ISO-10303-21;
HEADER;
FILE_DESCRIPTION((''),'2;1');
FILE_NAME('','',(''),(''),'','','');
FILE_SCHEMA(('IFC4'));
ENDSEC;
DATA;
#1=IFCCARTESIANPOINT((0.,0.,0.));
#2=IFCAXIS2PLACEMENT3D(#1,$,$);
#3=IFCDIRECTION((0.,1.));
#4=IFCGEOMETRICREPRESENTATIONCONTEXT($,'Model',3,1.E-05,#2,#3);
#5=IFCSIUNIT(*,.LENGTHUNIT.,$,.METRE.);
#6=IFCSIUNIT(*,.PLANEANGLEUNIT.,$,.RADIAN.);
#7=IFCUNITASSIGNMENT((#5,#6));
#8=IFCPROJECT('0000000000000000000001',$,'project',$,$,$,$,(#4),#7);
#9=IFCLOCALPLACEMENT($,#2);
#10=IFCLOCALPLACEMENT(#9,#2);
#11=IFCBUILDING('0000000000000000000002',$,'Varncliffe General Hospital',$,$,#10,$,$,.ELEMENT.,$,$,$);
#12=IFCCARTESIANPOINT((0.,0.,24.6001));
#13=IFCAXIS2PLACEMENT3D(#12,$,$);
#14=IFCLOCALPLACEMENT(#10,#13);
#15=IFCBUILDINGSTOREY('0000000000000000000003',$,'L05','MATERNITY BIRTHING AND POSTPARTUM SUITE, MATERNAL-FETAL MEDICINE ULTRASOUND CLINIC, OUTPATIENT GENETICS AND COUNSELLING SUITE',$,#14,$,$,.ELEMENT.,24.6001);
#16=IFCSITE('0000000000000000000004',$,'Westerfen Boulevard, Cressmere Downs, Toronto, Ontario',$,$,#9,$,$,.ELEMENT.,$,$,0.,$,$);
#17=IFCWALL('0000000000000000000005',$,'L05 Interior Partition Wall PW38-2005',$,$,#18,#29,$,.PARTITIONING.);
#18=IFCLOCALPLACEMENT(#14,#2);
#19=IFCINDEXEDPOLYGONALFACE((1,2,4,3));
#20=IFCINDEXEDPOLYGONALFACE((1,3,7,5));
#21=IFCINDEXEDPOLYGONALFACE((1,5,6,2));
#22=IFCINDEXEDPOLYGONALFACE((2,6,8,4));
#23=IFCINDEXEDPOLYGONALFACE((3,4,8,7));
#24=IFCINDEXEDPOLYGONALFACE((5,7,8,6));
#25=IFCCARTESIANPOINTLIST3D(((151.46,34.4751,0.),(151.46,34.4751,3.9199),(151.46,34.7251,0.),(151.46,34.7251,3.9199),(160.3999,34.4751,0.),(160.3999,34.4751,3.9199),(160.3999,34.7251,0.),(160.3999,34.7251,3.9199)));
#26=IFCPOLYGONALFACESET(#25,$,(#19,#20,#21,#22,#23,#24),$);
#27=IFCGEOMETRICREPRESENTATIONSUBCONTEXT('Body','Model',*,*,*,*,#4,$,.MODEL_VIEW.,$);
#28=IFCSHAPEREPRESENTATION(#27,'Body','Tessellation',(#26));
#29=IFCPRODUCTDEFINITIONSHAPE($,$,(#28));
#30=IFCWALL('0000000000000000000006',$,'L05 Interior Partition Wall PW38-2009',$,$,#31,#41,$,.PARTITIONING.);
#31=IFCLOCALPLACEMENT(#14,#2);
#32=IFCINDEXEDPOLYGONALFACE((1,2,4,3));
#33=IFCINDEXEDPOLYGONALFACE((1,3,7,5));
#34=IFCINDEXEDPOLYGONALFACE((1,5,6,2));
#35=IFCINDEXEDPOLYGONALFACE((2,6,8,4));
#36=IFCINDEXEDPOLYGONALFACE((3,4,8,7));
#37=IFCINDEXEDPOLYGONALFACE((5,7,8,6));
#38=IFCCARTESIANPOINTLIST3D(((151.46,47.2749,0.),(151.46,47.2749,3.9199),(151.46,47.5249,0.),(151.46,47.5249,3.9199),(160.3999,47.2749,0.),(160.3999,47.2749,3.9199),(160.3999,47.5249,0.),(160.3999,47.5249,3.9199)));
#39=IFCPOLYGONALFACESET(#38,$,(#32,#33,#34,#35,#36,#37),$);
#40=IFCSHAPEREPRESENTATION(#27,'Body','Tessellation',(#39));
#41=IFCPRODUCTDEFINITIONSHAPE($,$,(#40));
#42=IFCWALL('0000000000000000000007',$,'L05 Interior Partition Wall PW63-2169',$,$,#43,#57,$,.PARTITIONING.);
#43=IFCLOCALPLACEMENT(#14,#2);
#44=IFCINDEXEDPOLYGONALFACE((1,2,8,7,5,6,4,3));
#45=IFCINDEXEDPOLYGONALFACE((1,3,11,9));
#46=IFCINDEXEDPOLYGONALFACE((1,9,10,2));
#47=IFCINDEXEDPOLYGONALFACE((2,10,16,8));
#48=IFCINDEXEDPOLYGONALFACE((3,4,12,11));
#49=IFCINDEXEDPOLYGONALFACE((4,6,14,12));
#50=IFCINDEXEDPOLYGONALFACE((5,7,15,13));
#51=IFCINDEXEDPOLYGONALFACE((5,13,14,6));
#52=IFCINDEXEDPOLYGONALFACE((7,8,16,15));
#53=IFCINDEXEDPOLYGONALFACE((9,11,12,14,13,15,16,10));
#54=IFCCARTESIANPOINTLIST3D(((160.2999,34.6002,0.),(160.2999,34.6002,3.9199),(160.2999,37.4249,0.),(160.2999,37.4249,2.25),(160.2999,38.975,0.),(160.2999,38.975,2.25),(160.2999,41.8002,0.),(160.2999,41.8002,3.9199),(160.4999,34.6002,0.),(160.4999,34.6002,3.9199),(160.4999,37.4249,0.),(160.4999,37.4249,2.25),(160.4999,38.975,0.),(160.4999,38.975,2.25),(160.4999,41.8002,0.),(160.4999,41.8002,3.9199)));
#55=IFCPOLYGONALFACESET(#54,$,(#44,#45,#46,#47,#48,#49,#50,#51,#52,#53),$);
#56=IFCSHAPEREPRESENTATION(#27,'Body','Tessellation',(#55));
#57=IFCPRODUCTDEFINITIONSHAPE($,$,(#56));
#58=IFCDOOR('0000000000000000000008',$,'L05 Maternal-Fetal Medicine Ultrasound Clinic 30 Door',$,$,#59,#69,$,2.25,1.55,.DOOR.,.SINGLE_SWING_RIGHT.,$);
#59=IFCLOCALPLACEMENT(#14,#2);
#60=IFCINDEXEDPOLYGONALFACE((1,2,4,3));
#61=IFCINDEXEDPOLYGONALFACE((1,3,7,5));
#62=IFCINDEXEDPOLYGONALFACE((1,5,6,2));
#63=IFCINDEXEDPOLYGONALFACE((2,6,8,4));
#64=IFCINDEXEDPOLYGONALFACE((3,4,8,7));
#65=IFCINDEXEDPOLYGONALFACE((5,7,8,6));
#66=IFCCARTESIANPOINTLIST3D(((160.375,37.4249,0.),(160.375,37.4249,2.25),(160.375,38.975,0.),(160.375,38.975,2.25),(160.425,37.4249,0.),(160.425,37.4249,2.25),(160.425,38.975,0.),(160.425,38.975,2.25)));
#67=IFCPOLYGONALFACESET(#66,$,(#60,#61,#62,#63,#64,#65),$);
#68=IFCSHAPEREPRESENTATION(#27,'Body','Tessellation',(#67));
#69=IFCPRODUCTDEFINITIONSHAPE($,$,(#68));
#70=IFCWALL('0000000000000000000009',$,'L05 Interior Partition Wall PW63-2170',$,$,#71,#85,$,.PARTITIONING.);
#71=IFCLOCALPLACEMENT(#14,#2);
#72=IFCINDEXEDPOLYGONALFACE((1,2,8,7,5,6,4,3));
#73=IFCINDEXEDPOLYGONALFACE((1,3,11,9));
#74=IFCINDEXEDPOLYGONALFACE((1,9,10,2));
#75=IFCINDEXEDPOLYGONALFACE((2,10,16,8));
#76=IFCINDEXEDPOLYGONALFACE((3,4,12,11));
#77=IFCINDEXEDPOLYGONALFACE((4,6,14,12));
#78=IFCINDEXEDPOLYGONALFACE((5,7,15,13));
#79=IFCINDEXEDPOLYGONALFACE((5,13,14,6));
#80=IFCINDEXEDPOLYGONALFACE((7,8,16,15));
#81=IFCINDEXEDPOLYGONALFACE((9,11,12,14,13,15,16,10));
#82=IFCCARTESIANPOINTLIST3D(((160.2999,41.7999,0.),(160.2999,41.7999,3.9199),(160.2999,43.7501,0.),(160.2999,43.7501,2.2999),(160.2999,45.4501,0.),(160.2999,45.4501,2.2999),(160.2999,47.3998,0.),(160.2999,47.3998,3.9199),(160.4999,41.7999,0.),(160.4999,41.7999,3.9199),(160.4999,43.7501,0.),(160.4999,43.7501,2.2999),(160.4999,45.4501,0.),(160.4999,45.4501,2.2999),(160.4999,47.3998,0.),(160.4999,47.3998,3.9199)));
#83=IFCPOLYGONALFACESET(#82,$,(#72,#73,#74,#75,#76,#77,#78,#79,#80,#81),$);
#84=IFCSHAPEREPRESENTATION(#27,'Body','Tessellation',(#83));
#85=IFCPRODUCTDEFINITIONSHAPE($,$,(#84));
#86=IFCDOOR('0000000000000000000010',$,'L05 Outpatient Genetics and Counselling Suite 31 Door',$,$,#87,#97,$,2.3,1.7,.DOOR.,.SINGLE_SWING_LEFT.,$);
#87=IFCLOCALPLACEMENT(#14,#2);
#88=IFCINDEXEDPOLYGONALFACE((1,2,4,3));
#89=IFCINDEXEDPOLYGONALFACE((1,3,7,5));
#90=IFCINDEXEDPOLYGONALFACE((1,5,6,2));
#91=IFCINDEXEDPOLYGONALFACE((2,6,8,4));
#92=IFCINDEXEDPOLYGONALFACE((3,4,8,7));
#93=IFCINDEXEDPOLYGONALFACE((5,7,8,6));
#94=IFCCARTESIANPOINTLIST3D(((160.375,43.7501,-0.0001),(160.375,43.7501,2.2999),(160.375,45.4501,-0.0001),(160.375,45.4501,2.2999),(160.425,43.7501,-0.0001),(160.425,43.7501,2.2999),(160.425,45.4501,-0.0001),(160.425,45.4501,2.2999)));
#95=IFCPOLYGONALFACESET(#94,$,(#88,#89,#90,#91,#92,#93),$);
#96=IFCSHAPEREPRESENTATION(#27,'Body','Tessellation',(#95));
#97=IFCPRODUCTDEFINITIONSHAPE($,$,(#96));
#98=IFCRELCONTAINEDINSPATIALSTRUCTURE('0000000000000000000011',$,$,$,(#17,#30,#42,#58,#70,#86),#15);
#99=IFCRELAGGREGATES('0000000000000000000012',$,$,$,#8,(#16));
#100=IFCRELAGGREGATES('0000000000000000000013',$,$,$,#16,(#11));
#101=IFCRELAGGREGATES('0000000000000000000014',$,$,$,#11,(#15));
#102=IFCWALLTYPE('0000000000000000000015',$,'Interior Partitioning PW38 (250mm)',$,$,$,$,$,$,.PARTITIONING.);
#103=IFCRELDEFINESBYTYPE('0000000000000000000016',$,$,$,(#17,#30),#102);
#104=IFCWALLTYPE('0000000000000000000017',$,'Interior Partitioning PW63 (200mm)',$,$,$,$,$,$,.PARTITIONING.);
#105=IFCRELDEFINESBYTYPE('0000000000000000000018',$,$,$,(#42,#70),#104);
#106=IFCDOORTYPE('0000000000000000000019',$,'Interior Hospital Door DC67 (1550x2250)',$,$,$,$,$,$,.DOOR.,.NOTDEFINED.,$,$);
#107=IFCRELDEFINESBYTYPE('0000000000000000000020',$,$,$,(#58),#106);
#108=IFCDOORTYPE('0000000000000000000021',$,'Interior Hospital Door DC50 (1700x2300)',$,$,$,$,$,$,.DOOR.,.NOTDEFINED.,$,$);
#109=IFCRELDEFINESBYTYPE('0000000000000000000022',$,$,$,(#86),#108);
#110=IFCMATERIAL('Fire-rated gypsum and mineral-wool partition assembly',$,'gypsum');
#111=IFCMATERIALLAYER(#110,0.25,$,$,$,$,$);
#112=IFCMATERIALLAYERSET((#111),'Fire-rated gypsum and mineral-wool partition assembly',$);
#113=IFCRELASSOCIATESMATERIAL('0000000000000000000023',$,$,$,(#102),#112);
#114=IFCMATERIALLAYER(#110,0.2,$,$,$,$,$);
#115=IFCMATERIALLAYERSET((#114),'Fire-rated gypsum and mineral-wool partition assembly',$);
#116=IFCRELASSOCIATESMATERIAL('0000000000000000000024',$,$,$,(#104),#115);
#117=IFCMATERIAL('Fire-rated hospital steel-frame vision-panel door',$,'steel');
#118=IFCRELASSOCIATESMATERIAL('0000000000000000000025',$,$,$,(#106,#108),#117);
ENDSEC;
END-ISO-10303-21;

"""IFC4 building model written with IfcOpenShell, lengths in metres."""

from ifc_helpers import new_model, si_unit, direction, frame, frame_2d, origin, place, context, subcontext, project, spatial, rectangle, extrude, material, layer, layer_set, type_object, element, fill, save


model = new_model("IFC4")

# Units and contexts
model_context = context("Model", 3, precision=1e-05, world=origin(), true_north=direction((0.0, 1.0)))
body_context = subcontext(model_context, "Body", "Model", "MODEL_VIEW")
ifc_project = project(units=[si_unit("LENGTHUNIT", "METRE"), si_unit("PLANEANGLEUNIT", "RADIAN")], contexts=[model_context])

# Site, building, storey
site_placement = place(None, origin())
site = spatial("IfcSite", under=ifc_project, at=site_placement, Name="Westerfen Boulevard, Cressmere Downs, Toronto, Ontario", CompositionType="ELEMENT", RefElevation=0.0)
building_placement = place(site_placement, origin())
building = spatial("IfcBuilding", under=site, at=building_placement, Name="Varncliffe General Hospital", CompositionType="ELEMENT")
storey_placement = place(building_placement, frame((0.0, 0.0, 24.6001)))
storey = spatial("IfcBuildingStorey", under=building, at=storey_placement, Name="L05", Description="MATERNITY BIRTHING AND POSTPARTUM SUITE, MATERNAL-FETAL MEDICINE ULTRASOUND CLINIC, OUTPATIENT GENETICS AND COUNSELLING SUITE", CompositionType="ELEMENT", Elevation=24.6001)

# Walls
ifc_material_1 = material(Name="Fire-rated gypsum and mineral-wool partition assembly", Category="gypsum")
ifc_layer_1 = layer(ifc_material_1, 0.25)
ifc_layer_set_1 = layer_set([ifc_layer_1], Name="Fire-rated gypsum and mineral-wool partition assembly")
wall_type_1 = type_object("IfcWallType", Name="Interior Partitioning PW38 (250mm)", PredefinedType="PARTITIONING", material=ifc_layer_set_1)
for number, where, z_axis, x_axis, name in (
    (1, (151.46, 34.6001, 0.0), (0.0, 0.0, 1.0), (1.0, 0.0, 0.0), "L05 Interior Partition Wall PW38-2005"),
    (2, (151.46, 47.3999, 0.0), (0.0, 0.0, 1.0), (1.0, 0.0, 0.0), "L05 Interior Partition Wall PW38-2009"),
):
    element("IfcWall", number, at=place(storey_placement, frame(where, z_axis=z_axis, x_axis=x_axis)), inside=storey, type_object=wall_type_1, Name=name, PredefinedType="PARTITIONING", context=body_context, shape_type="SweptSolid", body=[
        extrude(rectangle(XDim=8.9399, YDim=0.25, at=frame_2d((4.47, 0.0))), origin(), (0.0, 0.0, 1.0), 3.9199),
    ])

# Walls, openings, doors
ifc_layer_2 = layer(ifc_material_1, 0.2)
ifc_layer_set_2 = layer_set([ifc_layer_2], Name="Fire-rated gypsum and mineral-wool partition assembly")
wall_type_2 = type_object("IfcWallType", Name="Interior Partitioning PW63 (200mm)", PredefinedType="PARTITIONING", material=ifc_layer_set_2)
wall_1_placement = place(storey_placement, frame((160.3999, 34.6001, 0.0), z_axis=(0.0, 0.0, 1.0), x_axis=(0.0, 1.0, 0.0)))
wall_1 = element("IfcWall", 3, at=wall_1_placement, inside=storey, type_object=wall_type_2, Name="L05 Interior Partition Wall PW63-2169", PredefinedType="PARTITIONING", context=body_context, shape_type="SweptSolid", body=[
    extrude(rectangle(XDim=7.2, YDim=0.2, at=frame_2d((3.6001, 0.0))), origin(), (0.0, 0.0, 1.0), 3.9199),
])
opening_1_placement = place(wall_1_placement, frame((2.825, 0.0, 0.0)))
opening_1 = element("IfcOpeningElement", 4, at=opening_1_placement, cuts=wall_1, PredefinedType="OPENING", context=body_context, shape_type="SweptSolid", body=[
    extrude(rectangle(XDim=1.55, YDim=2.25, at=frame_2d((0.7749, 1.125))), frame((0.0, 0.1099, 0.0), z_axis=(0.0, -1.0, 0.0), x_axis=(1.0, 0.0, 0.0)), (0.0, 0.0, 1.0), 0.22),
])
ifc_material_2 = material(Name="Fire-rated hospital steel-frame vision-panel door", Category="steel")
door_type_1 = type_object("IfcDoorType", Name="Interior Hospital Door DC67 (1550x2250)", OperationType="NOTDEFINED", PredefinedType="DOOR", material=ifc_material_2)
door_1_placement = place(opening_1_placement, origin())
door_1 = element("IfcDoor", 5, at=door_1_placement, inside=storey, type_object=door_type_1, Name="L05 Maternal-Fetal Medicine Ultrasound Clinic 30 Door", OperationType="SINGLE_SWING_RIGHT", OverallHeight=2.25, OverallWidth=1.55, PredefinedType="DOOR", context=body_context, shape_type="SweptSolid", body=[
    extrude(rectangle(XDim=1.55, YDim=2.25, at=frame_2d((0.7749, 1.125))), frame((0.0, 0.0249, 0.0), z_axis=(0.0, -1.0, 0.0), x_axis=(1.0, 0.0, 0.0)), (0.0, 0.0, 1.0), 0.05),
])
fill(opening_1, door_1)
wall_2_placement = place(storey_placement, frame((160.3999, 41.8, 0.0), z_axis=(0.0, 0.0, 1.0), x_axis=(0.0, 1.0, 0.0)))
wall_2 = element("IfcWall", 6, at=wall_2_placement, inside=storey, type_object=wall_type_2, Name="L05 Interior Partition Wall PW63-2170", PredefinedType="PARTITIONING", context=body_context, shape_type="SweptSolid", body=[
    extrude(rectangle(XDim=5.5999, YDim=0.2, at=frame_2d((2.7998, 0.0))), origin(), (0.0, 0.0, 1.0), 3.9199),
])
opening_2_placement = place(wall_2_placement, frame((1.95, 0.0, 0.0)))
opening_2 = element("IfcOpeningElement", 7, at=opening_2_placement, cuts=wall_2, PredefinedType="OPENING", context=body_context, shape_type="SweptSolid", body=[
    extrude(rectangle(XDim=1.7, YDim=2.3, at=frame_2d((0.8501, 1.1499))), frame((0.0, 0.1099, 0.0), z_axis=(0.0, -1.0, 0.0), x_axis=(1.0, 0.0, 0.0)), (0.0, 0.0, 1.0), 0.22),
])
door_type_2 = type_object("IfcDoorType", Name="Interior Hospital Door DC50 (1700x2300)", OperationType="NOTDEFINED", PredefinedType="DOOR", material=ifc_material_2)
door_2_placement = place(opening_2_placement, origin())
door_2 = element("IfcDoor", 8, at=door_2_placement, inside=storey, type_object=door_type_2, Name="L05 Outpatient Genetics and Counselling Suite 31 Door", OperationType="SINGLE_SWING_LEFT", OverallHeight=2.3, OverallWidth=1.7, PredefinedType="DOOR", context=body_context, shape_type="SweptSolid", body=[
    extrude(rectangle(XDim=1.7, YDim=2.3, at=frame_2d((0.8501, 1.1499))), frame((0.0, 0.0249, 0.0), z_axis=(0.0, -1.0, 0.0), x_axis=(1.0, 0.0, 0.0)), (0.0, 0.0, 1.0), 0.05),
])
fill(opening_2, door_2)

save(model, "model.ifc")
